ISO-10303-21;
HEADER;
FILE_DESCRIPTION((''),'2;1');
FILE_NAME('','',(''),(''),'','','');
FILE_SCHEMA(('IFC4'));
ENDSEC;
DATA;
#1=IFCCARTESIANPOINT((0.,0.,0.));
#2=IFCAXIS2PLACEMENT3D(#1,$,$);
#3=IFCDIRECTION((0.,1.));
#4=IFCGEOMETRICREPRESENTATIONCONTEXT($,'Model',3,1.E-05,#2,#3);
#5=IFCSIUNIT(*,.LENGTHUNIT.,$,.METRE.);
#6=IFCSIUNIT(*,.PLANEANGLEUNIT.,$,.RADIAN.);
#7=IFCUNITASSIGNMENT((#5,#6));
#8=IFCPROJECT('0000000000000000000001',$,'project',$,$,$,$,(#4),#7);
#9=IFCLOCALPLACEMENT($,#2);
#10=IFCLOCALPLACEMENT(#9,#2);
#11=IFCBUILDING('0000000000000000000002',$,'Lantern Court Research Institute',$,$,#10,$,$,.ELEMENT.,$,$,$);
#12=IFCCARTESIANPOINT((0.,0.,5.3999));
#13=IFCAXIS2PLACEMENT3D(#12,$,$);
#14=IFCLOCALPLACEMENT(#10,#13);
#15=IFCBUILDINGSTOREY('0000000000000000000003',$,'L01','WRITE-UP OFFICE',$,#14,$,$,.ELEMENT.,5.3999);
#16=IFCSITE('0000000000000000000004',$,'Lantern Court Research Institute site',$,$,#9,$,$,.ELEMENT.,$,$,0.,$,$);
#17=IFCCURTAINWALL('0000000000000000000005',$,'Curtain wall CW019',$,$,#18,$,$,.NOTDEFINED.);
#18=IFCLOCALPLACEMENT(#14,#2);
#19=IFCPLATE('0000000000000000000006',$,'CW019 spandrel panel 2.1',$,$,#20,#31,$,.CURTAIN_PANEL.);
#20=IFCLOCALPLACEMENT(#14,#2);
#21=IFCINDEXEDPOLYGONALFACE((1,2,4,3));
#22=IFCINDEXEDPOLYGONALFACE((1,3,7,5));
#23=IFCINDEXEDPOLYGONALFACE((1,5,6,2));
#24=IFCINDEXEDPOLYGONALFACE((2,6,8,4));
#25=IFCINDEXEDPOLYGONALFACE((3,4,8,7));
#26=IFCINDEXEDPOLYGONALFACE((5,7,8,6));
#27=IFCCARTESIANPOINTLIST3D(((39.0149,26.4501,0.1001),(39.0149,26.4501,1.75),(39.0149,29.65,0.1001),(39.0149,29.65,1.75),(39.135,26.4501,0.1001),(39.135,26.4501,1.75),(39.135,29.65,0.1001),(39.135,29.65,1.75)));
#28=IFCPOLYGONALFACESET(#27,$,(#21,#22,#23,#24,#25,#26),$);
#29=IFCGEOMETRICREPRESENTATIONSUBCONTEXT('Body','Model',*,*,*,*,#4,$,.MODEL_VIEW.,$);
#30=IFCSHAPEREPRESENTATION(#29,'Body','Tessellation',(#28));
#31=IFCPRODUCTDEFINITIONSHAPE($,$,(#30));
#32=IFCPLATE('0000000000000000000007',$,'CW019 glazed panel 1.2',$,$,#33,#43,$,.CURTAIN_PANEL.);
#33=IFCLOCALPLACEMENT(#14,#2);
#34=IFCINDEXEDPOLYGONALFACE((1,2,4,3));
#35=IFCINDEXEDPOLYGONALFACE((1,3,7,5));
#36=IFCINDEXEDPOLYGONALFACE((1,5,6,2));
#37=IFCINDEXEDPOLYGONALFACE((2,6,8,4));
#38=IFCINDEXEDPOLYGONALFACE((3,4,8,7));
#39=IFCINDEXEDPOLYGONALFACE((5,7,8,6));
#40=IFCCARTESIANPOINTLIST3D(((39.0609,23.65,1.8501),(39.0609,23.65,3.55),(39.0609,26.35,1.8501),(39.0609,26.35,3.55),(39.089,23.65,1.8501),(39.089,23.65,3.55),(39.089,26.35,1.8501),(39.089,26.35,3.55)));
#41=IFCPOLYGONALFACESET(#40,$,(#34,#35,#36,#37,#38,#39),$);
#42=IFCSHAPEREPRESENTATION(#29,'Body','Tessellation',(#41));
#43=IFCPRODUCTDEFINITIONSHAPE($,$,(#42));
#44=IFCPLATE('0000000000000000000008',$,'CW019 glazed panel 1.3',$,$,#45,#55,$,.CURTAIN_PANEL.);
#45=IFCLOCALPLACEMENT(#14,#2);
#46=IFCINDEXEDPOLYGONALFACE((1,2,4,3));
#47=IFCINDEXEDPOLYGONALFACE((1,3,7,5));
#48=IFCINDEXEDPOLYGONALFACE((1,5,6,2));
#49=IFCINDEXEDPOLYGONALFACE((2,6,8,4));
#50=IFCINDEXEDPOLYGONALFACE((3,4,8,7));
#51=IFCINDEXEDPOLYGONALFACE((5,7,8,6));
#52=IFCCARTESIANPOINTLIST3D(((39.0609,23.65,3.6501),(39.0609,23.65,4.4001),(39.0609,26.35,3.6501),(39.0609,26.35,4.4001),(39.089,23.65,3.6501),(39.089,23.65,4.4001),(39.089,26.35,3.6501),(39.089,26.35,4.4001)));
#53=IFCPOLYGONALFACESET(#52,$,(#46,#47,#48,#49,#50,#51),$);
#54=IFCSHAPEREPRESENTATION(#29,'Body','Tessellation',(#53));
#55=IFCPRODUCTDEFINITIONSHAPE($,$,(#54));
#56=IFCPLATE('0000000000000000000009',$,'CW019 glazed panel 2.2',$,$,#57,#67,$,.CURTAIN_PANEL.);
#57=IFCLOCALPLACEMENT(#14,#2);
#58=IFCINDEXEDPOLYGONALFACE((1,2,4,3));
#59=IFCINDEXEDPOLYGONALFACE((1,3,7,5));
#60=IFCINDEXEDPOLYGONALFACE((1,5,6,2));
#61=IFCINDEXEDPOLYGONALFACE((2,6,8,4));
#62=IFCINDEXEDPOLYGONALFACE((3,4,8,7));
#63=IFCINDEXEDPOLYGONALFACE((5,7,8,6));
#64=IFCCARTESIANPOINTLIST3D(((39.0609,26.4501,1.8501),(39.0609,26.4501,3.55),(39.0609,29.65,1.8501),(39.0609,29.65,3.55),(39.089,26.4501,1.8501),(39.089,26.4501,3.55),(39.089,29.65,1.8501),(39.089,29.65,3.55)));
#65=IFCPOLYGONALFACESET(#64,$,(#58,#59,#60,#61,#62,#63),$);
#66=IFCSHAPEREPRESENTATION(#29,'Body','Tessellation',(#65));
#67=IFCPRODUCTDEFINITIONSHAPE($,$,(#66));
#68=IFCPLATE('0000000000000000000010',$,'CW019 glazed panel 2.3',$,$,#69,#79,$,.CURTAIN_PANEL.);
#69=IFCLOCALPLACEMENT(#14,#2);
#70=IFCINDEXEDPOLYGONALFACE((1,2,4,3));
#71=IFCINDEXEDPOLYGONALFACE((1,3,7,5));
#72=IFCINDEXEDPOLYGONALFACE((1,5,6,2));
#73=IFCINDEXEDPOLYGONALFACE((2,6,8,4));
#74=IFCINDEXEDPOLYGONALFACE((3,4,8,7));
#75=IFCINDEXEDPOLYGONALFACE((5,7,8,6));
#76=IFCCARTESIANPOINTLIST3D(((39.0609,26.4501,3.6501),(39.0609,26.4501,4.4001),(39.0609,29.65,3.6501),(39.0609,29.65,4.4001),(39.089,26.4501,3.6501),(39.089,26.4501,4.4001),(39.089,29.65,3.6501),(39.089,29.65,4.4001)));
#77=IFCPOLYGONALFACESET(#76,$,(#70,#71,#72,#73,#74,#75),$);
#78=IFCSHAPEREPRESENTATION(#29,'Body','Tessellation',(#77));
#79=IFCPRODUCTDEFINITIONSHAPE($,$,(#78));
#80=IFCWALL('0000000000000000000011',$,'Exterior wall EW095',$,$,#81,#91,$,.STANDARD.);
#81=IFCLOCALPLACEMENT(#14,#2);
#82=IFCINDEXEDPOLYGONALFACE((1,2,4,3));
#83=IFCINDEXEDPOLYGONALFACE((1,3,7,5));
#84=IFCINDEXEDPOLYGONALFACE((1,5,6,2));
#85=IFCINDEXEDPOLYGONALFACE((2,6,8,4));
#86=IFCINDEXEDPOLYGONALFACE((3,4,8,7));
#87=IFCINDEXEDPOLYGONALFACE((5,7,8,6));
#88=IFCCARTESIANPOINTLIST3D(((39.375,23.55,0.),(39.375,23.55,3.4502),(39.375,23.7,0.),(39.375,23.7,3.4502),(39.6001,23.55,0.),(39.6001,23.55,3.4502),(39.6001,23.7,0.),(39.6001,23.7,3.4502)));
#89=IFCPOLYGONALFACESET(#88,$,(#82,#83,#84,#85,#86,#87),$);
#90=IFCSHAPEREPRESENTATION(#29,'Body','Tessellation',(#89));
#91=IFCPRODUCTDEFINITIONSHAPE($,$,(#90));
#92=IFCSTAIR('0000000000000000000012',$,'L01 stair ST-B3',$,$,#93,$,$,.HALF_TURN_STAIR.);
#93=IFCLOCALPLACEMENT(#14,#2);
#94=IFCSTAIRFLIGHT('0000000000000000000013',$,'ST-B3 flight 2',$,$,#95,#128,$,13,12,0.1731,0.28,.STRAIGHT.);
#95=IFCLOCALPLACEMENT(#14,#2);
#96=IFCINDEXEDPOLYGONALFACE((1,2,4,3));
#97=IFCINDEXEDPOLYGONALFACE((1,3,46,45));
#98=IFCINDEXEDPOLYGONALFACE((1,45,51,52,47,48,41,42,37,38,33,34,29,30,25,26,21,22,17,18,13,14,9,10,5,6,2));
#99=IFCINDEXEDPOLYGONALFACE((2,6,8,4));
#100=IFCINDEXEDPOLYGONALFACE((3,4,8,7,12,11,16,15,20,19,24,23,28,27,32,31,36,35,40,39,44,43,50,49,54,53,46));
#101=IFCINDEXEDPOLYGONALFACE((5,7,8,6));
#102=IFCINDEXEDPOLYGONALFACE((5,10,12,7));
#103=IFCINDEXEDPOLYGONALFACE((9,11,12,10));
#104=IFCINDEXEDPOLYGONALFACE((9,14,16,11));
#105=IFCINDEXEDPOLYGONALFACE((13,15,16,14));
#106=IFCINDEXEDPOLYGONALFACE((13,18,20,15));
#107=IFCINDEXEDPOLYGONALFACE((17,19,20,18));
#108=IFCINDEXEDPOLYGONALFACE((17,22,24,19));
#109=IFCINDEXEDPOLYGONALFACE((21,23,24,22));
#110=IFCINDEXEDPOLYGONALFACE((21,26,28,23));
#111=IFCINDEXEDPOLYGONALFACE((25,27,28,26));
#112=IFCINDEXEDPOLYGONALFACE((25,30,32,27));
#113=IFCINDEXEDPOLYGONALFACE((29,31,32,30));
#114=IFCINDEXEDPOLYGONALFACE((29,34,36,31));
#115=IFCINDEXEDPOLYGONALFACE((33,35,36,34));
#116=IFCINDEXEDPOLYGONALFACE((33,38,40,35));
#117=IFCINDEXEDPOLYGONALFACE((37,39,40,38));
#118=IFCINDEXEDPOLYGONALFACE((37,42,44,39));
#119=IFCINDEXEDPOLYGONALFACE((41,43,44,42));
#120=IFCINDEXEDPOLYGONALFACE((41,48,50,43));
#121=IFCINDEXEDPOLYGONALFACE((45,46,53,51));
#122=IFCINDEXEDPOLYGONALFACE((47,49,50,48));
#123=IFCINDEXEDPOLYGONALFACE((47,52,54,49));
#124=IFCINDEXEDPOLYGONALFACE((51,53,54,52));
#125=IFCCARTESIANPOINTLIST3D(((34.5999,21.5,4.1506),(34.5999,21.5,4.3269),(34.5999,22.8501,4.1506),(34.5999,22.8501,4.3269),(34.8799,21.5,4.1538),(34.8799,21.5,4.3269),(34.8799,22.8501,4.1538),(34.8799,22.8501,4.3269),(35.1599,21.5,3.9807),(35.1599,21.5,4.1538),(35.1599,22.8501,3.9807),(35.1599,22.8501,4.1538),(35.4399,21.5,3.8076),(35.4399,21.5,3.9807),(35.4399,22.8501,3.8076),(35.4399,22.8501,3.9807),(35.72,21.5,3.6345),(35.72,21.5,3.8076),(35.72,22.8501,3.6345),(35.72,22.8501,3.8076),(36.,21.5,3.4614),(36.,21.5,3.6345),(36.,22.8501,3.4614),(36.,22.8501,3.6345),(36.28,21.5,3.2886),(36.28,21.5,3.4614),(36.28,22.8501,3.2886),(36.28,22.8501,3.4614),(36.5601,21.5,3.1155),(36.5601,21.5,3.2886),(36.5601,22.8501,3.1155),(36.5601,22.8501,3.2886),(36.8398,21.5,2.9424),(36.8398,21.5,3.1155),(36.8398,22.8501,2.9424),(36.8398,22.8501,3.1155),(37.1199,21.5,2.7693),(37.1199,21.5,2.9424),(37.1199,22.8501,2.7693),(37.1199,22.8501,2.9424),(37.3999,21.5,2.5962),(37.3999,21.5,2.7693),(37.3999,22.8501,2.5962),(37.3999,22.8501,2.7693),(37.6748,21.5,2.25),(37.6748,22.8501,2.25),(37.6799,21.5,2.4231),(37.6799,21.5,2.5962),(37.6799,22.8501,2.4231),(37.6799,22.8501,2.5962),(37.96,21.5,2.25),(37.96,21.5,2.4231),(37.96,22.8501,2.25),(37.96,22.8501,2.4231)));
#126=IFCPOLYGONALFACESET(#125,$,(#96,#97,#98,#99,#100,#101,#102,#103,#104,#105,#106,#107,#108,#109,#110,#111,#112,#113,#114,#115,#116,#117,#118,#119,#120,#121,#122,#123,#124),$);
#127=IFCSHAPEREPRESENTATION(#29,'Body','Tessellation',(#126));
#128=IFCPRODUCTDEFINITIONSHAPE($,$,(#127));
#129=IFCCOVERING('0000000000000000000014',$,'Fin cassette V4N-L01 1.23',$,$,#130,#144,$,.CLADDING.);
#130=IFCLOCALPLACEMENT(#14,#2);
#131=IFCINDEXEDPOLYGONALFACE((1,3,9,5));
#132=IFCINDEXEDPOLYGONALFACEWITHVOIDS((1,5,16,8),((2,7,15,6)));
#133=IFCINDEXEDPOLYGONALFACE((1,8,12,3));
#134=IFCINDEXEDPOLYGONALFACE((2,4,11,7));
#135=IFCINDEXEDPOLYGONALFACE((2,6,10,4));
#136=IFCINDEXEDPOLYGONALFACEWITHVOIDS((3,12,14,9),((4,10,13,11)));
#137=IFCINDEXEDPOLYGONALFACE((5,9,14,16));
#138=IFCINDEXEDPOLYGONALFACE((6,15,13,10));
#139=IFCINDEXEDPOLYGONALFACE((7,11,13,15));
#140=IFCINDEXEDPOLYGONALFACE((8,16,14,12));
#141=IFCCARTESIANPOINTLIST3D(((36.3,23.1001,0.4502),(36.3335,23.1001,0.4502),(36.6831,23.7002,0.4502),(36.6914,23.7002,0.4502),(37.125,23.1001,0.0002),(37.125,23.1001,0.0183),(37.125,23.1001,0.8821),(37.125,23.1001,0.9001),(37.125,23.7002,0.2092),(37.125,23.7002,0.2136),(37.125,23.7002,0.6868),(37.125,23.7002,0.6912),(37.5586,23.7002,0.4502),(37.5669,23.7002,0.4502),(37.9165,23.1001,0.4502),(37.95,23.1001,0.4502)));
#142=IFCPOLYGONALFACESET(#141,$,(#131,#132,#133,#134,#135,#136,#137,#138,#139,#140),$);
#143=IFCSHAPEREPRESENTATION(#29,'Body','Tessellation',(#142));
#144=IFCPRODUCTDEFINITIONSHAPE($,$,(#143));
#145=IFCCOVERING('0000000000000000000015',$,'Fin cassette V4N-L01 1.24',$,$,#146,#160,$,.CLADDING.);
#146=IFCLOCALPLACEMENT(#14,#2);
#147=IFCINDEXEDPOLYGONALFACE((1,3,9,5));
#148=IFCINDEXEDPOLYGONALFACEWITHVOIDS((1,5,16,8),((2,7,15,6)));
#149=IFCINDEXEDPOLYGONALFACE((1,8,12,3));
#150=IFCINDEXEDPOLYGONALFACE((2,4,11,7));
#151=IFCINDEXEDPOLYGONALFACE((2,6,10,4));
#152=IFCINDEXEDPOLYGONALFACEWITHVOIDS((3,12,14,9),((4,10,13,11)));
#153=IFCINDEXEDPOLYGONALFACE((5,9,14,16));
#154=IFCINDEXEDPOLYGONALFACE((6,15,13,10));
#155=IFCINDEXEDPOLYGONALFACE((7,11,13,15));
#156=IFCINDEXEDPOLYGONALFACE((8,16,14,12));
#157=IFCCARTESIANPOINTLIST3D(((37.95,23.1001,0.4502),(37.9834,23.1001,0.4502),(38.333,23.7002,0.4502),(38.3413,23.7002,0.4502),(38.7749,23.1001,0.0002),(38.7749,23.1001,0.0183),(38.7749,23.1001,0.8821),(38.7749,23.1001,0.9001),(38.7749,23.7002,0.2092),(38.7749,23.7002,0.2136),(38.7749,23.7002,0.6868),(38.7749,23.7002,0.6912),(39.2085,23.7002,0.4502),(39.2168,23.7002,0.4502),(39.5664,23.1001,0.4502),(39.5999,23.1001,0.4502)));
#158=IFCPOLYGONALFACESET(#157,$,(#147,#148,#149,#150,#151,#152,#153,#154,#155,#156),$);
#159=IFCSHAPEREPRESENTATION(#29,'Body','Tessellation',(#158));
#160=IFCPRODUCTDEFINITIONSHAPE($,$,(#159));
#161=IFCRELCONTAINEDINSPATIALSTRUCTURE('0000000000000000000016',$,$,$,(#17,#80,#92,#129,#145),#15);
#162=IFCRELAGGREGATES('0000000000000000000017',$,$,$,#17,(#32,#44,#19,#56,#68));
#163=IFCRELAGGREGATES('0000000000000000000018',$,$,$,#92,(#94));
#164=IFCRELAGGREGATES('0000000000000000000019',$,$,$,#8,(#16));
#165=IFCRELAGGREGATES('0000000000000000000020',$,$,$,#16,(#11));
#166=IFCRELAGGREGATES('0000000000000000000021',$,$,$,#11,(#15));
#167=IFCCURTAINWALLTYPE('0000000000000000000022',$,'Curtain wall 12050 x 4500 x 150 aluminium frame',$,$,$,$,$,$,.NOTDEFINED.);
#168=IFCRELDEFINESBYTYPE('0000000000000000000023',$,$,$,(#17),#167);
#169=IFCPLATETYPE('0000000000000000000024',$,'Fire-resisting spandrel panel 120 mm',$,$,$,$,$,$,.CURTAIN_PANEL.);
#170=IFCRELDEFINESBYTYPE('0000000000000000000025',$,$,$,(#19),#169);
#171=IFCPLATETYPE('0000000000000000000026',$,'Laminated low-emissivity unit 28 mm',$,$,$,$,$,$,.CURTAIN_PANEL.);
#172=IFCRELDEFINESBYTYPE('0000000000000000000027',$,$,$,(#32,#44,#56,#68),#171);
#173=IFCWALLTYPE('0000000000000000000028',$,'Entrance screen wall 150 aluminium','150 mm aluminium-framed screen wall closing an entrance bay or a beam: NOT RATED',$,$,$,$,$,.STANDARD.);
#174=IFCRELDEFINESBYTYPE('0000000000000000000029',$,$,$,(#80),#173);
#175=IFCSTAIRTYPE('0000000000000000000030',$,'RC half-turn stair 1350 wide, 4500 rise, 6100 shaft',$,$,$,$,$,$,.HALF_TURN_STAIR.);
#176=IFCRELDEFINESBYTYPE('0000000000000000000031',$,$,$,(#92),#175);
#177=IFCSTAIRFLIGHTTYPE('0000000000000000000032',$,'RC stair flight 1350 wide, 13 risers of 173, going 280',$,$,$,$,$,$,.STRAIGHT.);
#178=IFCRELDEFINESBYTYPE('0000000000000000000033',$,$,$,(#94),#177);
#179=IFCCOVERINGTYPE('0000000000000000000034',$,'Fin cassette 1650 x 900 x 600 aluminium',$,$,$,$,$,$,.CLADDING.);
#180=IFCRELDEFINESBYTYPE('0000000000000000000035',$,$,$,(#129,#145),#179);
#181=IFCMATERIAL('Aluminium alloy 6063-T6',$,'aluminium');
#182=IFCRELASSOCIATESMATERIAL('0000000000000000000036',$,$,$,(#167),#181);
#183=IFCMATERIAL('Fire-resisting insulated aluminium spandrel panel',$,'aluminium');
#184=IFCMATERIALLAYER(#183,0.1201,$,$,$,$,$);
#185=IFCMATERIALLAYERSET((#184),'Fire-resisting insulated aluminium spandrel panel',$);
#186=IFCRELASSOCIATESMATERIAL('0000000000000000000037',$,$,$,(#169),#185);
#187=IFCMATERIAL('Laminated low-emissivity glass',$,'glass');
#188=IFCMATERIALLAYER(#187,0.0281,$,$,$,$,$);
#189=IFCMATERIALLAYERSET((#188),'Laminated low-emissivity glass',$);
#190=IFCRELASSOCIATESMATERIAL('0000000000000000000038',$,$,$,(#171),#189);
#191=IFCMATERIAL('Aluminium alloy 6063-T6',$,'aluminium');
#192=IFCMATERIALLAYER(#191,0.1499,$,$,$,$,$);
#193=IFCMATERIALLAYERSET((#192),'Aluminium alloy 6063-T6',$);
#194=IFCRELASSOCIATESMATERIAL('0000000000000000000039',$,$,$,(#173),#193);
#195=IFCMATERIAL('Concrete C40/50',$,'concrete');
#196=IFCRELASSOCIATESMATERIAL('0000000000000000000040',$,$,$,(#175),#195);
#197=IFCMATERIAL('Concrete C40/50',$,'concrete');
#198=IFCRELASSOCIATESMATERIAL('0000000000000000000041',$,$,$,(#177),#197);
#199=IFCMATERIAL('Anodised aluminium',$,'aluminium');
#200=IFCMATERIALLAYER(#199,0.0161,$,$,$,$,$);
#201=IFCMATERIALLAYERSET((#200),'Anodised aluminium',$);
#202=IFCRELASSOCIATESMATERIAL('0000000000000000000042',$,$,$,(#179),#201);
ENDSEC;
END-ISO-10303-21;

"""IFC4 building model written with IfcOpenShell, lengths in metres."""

from ifc_helpers import new_model, entity, si_unit, direction, frame, frame_2d, origin, origin_2d, place, context, subcontext, project, spatial, polyline, rectangle, outline, extrude, material, layer, layer_set, type_object, element, aggregate, save


model = new_model("IFC4")

# Units and contexts
model_context = context("Model", 3, precision=1e-05, world=origin(), true_north=direction((0.0, 1.0)))
body_context = subcontext(model_context, "Body", "Model", "MODEL_VIEW")
ifc_project = project(units=[si_unit("LENGTHUNIT", "METRE"), si_unit("PLANEANGLEUNIT", "RADIAN")], contexts=[model_context])

# Site, building, storey
site_placement = place(None, origin())
site = spatial("IfcSite", under=ifc_project, at=site_placement, Name="Lantern Court Research Institute site", CompositionType="ELEMENT", RefElevation=0.0)
building_placement = place(site_placement, origin())
building = spatial("IfcBuilding", under=site, at=building_placement, Name="Lantern Court Research Institute", CompositionType="ELEMENT")
storey_placement = place(building_placement, frame((0.0, 0.0, 5.3999)))
storey = spatial("IfcBuildingStorey", under=building, at=storey_placement, Name="L01", Description="WRITE-UP OFFICE", CompositionType="ELEMENT", Elevation=5.3999)

# Curtain wall, plates
ifc_material_1 = material(Name="Aluminium alloy 6063-T6", Category="aluminium")
curtain_wall_type = type_object("IfcCurtainWallType", Name="Curtain wall 12050 x 4500 x 150 aluminium frame", PredefinedType="NOTDEFINED", material=ifc_material_1)
curtain_wall_placement = place(storey_placement, origin())
curtain_wall = element("IfcCurtainWall", 1, at=curtain_wall_placement, inside=storey, type_object=curtain_wall_type, Name="Curtain wall CW019", PredefinedType="NOTDEFINED")
ifc_material_2 = material(Name="Fire-resisting insulated aluminium spandrel panel", Category="aluminium")
ifc_layer_1 = layer(ifc_material_2, 0.1201)
ifc_layer_set_1 = layer_set([ifc_layer_1], Name="Fire-resisting insulated aluminium spandrel panel")
plate_type_1 = type_object("IfcPlateType", Name="Fire-resisting spandrel panel 120 mm", PredefinedType="CURTAIN_PANEL", material=ifc_layer_set_1)
plate_1_placement = place(storey_placement, frame((39.075, 28.05, 0.1001), z_axis=(0.0, 0.0, 1.0), x_axis=(0.0, 1.0, 0.0)))
plate_1 = element("IfcPlate", 2, at=plate_1_placement, type_object=plate_type_1, Name="CW019 spandrel panel 2.1", PredefinedType="CURTAIN_PANEL", context=body_context, shape_type="SweptSolid", body=[
    extrude(rectangle(XDim=3.2, YDim=0.1201, at=origin_2d()), origin(), (0.0, 0.0, 1.0), 1.6499),
])
ifc_material_3 = material(Name="Laminated low-emissivity glass", Category="glass")
ifc_layer_2 = layer(ifc_material_3, 0.0281)
ifc_layer_set_2 = layer_set([ifc_layer_2], Name="Laminated low-emissivity glass")
plate_type_2 = type_object("IfcPlateType", Name="Laminated low-emissivity unit 28 mm", PredefinedType="CURTAIN_PANEL", material=ifc_layer_set_2)
plate_2_placement = place(storey_placement, frame((39.075, 25.0, 1.8501), z_axis=(0.0, 0.0, 1.0), x_axis=(0.0, 1.0, 0.0)))
plate_2 = element("IfcPlate", 3, at=plate_2_placement, type_object=plate_type_2, Name="CW019 glazed panel 1.2", PredefinedType="CURTAIN_PANEL", context=body_context, shape_type="SweptSolid", body=[
    extrude(rectangle(XDim=2.7, YDim=0.0281, at=origin_2d()), origin(), (0.0, 0.0, 1.0), 1.7),
])
plate_3_placement = place(storey_placement, frame((39.075, 25.0, 3.6501), z_axis=(0.0, 0.0, 1.0), x_axis=(0.0, 1.0, 0.0)))
plate_3 = element("IfcPlate", 4, at=plate_3_placement, type_object=plate_type_2, Name="CW019 glazed panel 1.3", PredefinedType="CURTAIN_PANEL", context=body_context, shape_type="SweptSolid", body=[
    extrude(rectangle(XDim=2.7, YDim=0.0281, at=origin_2d()), origin(), (0.0, 0.0, 1.0), 0.75),
])
plate_4_placement = place(storey_placement, frame((39.075, 28.05, 1.8501), z_axis=(0.0, 0.0, 1.0), x_axis=(0.0, 1.0, 0.0)))
plate_4 = element("IfcPlate", 5, at=plate_4_placement, type_object=plate_type_2, Name="CW019 glazed panel 2.2", PredefinedType="CURTAIN_PANEL", context=body_context, shape_type="SweptSolid", body=[
    extrude(rectangle(XDim=3.2, YDim=0.0281, at=origin_2d()), origin(), (0.0, 0.0, 1.0), 1.7),
])
plate_5_placement = place(storey_placement, frame((39.075, 28.05, 3.6501), z_axis=(0.0, 0.0, 1.0), x_axis=(0.0, 1.0, 0.0)))
plate_5 = element("IfcPlate", 6, at=plate_5_placement, type_object=plate_type_2, Name="CW019 glazed panel 2.3", PredefinedType="CURTAIN_PANEL", context=body_context, shape_type="SweptSolid", body=[
    extrude(rectangle(XDim=3.2, YDim=0.0281, at=origin_2d()), origin(), (0.0, 0.0, 1.0), 0.75),
])
aggregate(curtain_wall, [plate_2, plate_3, plate_1, plate_4, plate_5])

# Wall
ifc_material_4 = material(Name="Aluminium alloy 6063-T6", Category="aluminium")
ifc_layer_3 = layer(ifc_material_4, 0.1499)
ifc_layer_set_3 = layer_set([ifc_layer_3], Name="Aluminium alloy 6063-T6")
wall_type = type_object("IfcWallType", Name="Entrance screen wall 150 aluminium", Description="150 mm aluminium-framed screen wall closing an entrance bay or a beam: NOT RATED", PredefinedType="STANDARD", material=ifc_layer_set_3)
wall_placement = place(storey_placement, frame((39.375, 23.625, 0.0), z_axis=(0.0, 0.0, 1.0), x_axis=(1.0, 0.0, 0.0)))
element("IfcWall", 7, at=wall_placement, inside=storey, type_object=wall_type, Name="Exterior wall EW095", PredefinedType="STANDARD", context=body_context, shape_type="SweptSolid", body=[
    extrude(rectangle(XDim=0.2251, YDim=0.1499, at=frame_2d((0.1125, 0.0))), origin(), (0.0, 0.0, 1.0), 3.4502),
])

# Stair, stair flight
ifc_material_5 = material(Name="Concrete C40/50", Category="concrete")
stair_type = type_object("IfcStairType", Name="RC half-turn stair 1350 wide, 4500 rise, 6100 shaft", PredefinedType="HALF_TURN_STAIR", material=ifc_material_5)
stair_placement = place(storey_placement, origin())
stair = element("IfcStair", 8, at=stair_placement, inside=storey, type_object=stair_type, Name="L01 stair ST-B3", PredefinedType="HALF_TURN_STAIR")
ifc_material_6 = material(Name="Concrete C40/50", Category="concrete")
stair_flight_type = type_object("IfcStairFlightType", Name="RC stair flight 1350 wide, 13 risers of 173, going 280", PredefinedType="STRAIGHT", material=ifc_material_6)
stair_flight_placement = place(storey_placement, frame((37.96, 22.175, 2.25), z_axis=(0.0, 0.0, 1.0), x_axis=(-1.0, 0.0, 0.0)))
stair_flight = element("IfcStairFlight", 9, at=stair_flight_placement, type_object=stair_flight_type, Name="ST-B3 flight 2", NumberOfRisers=13, NumberOfTreads=12, PredefinedType="STRAIGHT", RiserHeight=0.1731, TreadLength=0.28, context=body_context, shape_type="SweptSolid", body=[
    extrude(outline(polyline([(0.0, 0.0), (0.0, 0.1731), (0.28, 0.1731), (0.28, 0.3462), (0.5601, 0.3462), (0.5601, 0.5193), (0.8401, 0.5193), (0.8401, 0.6924), (1.1201, 0.6924), (1.1201, 0.8655), (1.3999, 0.8655), (1.3999, 1.0386), (1.6799, 1.0386), (1.6799, 1.2114), (1.96, 1.2114), (1.96, 1.3845), (2.24, 1.3845), (2.24, 1.5576), (2.52, 1.5576), (2.52, 1.7307), (2.8, 1.7307), (2.8, 1.9038), (3.0801, 1.9038), (3.0801, 2.0769), (3.3601, 2.0769), (3.3601, 2.25), (3.3601, 1.9006), (0.2852, 0.0), (0.0, 0.0)])), frame((0.0, 0.675, 0.0), z_axis=(0.0, -1.0, 0.0), x_axis=(1.0, 0.0, 0.0)), (0.0, 0.0, 1.0), 1.3501),
])
aggregate(stair, [stair_flight])

# Coverings
ifc_material_7 = material(Name="Anodised aluminium", Category="aluminium")
ifc_layer_4 = layer(ifc_material_7, 0.0161)
ifc_layer_set_4 = layer_set([ifc_layer_4], Name="Anodised aluminium")
covering_type = type_object("IfcCoveringType", Name="Fin cassette 1650 x 900 x 600 aluminium", PredefinedType="CLADDING", material=ifc_layer_set_4)
covering_1_placement = place(storey_placement, frame((37.125, 23.1001, 0.4502), z_axis=(0.0, 1.0, 0.0), x_axis=(-1.0, 0.0, 0.0)))
cartesian_point_1 = entity("IfcCartesianPoint", [0.825, 0.0])
cartesian_point_2 = entity("IfcCartesianPoint", [0.7915, 0.0])
cartesian_point_3 = entity("IfcCartesianPoint", [0.4419, 0.0])
cartesian_point_4 = entity("IfcCartesianPoint", [0.4336, 0.0])
element("IfcCovering", 10, at=covering_1_placement, inside=storey, type_object=covering_type, Name="Fin cassette V4N-L01 1.23", PredefinedType="CLADDING", context=body_context, shape_type="SweptSolid", body=[
    entity("IfcExtrudedAreaSolidTapered", entity("IfcArbitraryProfileDefWithVoids", "AREA", None, entity("IfcPolyline", [cartesian_point_1, entity("IfcCartesianPoint", [0.0, 0.45]), entity("IfcCartesianPoint", [-0.825, 0.0]), entity("IfcCartesianPoint", [0.0, -0.45]), cartesian_point_1]), [entity("IfcPolyline", [cartesian_point_2, entity("IfcCartesianPoint", [0.0, 0.4319]), entity("IfcCartesianPoint", [-0.7915, 0.0]), entity("IfcCartesianPoint", [0.0, -0.4319]), cartesian_point_2])]), entity("IfcAxis2Placement3D", entity("IfcCartesianPoint", [0.0, 0.0, 0.0])), entity("IfcDirection", [0.0, 0.0, 1.0]), 0.6001, entity("IfcArbitraryProfileDefWithVoids", "AREA", None, entity("IfcPolyline", [cartesian_point_3, entity("IfcCartesianPoint", [0.0, 0.241]), entity("IfcCartesianPoint", [-0.4419, 0.0]), entity("IfcCartesianPoint", [0.0, -0.241]), cartesian_point_3]), [entity("IfcPolyline", [cartesian_point_4, entity("IfcCartesianPoint", [0.0, 0.2366]), entity("IfcCartesianPoint", [-0.4336, 0.0]), entity("IfcCartesianPoint", [0.0, -0.2366]), cartesian_point_4])])),
])
covering_2_placement = place(storey_placement, frame((38.7749, 23.1001, 0.4502), z_axis=(0.0, 1.0, 0.0), x_axis=(-1.0, 0.0, 0.0)))
cartesian_point_5 = entity("IfcCartesianPoint", [0.825, 0.0])
cartesian_point_6 = entity("IfcCartesianPoint", [0.7915, 0.0])
cartesian_point_7 = entity("IfcCartesianPoint", [0.4419, 0.0])
cartesian_point_8 = entity("IfcCartesianPoint", [0.4336, 0.0])
element("IfcCovering", 11, at=covering_2_placement, inside=storey, type_object=covering_type, Name="Fin cassette V4N-L01 1.24", PredefinedType="CLADDING", context=body_context, shape_type="SweptSolid", body=[
    entity("IfcExtrudedAreaSolidTapered", entity("IfcArbitraryProfileDefWithVoids", "AREA", None, entity("IfcPolyline", [cartesian_point_5, entity("IfcCartesianPoint", [0.0, 0.45]), entity("IfcCartesianPoint", [-0.825, 0.0]), entity("IfcCartesianPoint", [0.0, -0.45]), cartesian_point_5]), [entity("IfcPolyline", [cartesian_point_6, entity("IfcCartesianPoint", [0.0, 0.4319]), entity("IfcCartesianPoint", [-0.7915, 0.0]), entity("IfcCartesianPoint", [0.0, -0.4319]), cartesian_point_6])]), entity("IfcAxis2Placement3D", entity("IfcCartesianPoint", [0.0, 0.0, 0.0])), entity("IfcDirection", [0.0, 0.0, 1.0]), 0.6001, entity("IfcArbitraryProfileDefWithVoids", "AREA", None, entity("IfcPolyline", [cartesian_point_7, entity("IfcCartesianPoint", [0.0, 0.241]), entity("IfcCartesianPoint", [-0.4419, 0.0]), entity("IfcCartesianPoint", [0.0, -0.241]), cartesian_point_7]), [entity("IfcPolyline", [cartesian_point_8, entity("IfcCartesianPoint", [0.0, 0.2366]), entity("IfcCartesianPoint", [-0.4336, 0.0]), entity("IfcCartesianPoint", [0.0, -0.2366]), cartesian_point_8])])),
])

save(model, "model.ifc")
